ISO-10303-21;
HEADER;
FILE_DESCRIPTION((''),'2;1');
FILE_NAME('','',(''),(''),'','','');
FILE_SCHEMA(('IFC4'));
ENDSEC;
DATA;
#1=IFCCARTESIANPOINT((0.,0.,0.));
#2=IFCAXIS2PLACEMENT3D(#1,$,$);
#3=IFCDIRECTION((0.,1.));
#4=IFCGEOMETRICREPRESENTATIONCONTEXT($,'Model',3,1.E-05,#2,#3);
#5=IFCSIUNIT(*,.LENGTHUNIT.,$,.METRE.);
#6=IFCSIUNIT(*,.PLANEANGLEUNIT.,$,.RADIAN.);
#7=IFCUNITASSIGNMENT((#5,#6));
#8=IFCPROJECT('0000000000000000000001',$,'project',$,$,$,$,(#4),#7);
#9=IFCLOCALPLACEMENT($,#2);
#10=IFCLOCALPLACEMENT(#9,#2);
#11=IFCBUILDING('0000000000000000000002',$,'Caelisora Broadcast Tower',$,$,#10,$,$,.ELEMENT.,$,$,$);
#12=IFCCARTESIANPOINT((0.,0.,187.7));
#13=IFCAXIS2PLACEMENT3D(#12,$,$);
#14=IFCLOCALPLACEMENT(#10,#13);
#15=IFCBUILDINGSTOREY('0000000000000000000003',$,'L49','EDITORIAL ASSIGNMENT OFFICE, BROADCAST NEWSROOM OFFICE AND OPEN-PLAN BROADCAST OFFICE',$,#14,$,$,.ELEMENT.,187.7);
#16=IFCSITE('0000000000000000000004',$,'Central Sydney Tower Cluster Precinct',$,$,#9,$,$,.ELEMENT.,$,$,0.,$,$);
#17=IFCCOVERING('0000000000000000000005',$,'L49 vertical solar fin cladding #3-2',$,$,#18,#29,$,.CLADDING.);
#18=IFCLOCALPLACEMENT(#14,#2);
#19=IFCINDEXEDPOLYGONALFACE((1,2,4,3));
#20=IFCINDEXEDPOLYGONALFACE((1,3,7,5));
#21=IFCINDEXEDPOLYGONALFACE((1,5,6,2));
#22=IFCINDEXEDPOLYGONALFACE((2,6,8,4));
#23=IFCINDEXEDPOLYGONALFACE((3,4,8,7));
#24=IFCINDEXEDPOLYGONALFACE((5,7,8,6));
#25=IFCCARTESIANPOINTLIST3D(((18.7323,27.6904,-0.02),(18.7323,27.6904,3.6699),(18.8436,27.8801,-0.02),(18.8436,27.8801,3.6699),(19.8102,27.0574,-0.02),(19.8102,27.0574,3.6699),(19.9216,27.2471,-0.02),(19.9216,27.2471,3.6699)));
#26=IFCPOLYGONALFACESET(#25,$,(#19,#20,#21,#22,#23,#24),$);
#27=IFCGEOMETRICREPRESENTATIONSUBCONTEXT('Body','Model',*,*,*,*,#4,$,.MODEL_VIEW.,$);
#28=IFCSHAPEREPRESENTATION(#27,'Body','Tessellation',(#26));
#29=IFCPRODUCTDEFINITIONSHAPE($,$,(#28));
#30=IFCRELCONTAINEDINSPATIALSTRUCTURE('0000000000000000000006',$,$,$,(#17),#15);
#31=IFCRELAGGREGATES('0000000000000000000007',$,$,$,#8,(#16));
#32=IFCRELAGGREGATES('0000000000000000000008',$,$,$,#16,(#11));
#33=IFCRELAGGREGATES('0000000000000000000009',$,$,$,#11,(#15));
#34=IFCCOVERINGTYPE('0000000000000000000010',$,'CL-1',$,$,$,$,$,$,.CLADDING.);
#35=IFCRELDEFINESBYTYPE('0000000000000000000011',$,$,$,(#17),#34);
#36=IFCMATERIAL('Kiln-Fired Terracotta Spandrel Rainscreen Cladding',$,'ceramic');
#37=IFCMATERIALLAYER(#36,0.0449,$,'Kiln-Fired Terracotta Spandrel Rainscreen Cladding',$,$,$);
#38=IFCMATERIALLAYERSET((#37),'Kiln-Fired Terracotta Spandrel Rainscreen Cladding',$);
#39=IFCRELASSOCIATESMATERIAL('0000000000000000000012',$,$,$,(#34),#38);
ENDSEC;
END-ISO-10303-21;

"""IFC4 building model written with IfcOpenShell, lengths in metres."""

from ifc_helpers import new_model, si_unit, direction, frame, origin, origin_2d, place, context, subcontext, project, spatial, rectangle, extrude, source, transform, mapped, material, layer, layer_set, type_object, type_shapes, element, save


model = new_model("IFC4")

# Units and contexts
model_context = context("Model", 3, precision=1e-05, world=origin(), true_north=direction((0.0, 1.0)))
body_context = subcontext(model_context, "Body", "Model", "MODEL_VIEW")
ifc_project = project(units=[si_unit("LENGTHUNIT", "METRE"), si_unit("PLANEANGLEUNIT", "RADIAN")], contexts=[model_context])

# Site, building, storey
site_placement = place(None, origin())
site = spatial("IfcSite", under=ifc_project, at=site_placement, Name="Central Sydney Tower Cluster Precinct", CompositionType="ELEMENT", RefElevation=0.0)
building_placement = place(site_placement, origin())
building = spatial("IfcBuilding", under=site, at=building_placement, Name="Caelisora Broadcast Tower", CompositionType="ELEMENT")
storey_placement = place(building_placement, frame((0.0, 0.0, 187.7)))
storey = spatial("IfcBuildingStorey", under=building, at=storey_placement, Name="L49", Description="EDITORIAL ASSIGNMENT OFFICE, BROADCAST NEWSROOM OFFICE AND OPEN-PLAN BROADCAST OFFICE", CompositionType="ELEMENT", Elevation=187.7)

# Covering
ifc_material_1 = material(Name="Kiln-Fired Terracotta Spandrel Rainscreen Cladding", Category="ceramic")
ifc_layer_1 = layer(ifc_material_1, 0.0449, Name="Kiln-Fired Terracotta Spandrel Rainscreen Cladding")
ifc_layer_set_1 = layer_set([ifc_layer_1], Name="Kiln-Fired Terracotta Spandrel Rainscreen Cladding")
covering_type = type_object("IfcCoveringType", Name="CL-1", PredefinedType="CLADDING", material=ifc_layer_set_1)
shared_shape_1 = source(origin(), body_context, "Body", "SweptSolid", [
    extrude(rectangle(XDim=0.22, YDim=1.25, at=origin_2d()), origin(), (0.0, 0.0, 1.0), 3.6899),
])
type_shapes(covering_type, [shared_shape_1])
covering_placement = place(storey_placement, frame((19.3269, 27.4688, -0.02), z_axis=(0.0, 0.0, 1.0), x_axis=(0.506335, 0.862337, 0.0)))
element("IfcCovering", 1, at=covering_placement, inside=storey, type_object=covering_type, Name="L49 vertical solar fin cladding #3-2", PredefinedType="CLADDING", context=body_context, shape_type="MappedRepresentation", body=[
    mapped(shared_shape_1, transform((0.0, 0.0, 0.0), scale=1.0)),
])

save(model, "model.ifc")
